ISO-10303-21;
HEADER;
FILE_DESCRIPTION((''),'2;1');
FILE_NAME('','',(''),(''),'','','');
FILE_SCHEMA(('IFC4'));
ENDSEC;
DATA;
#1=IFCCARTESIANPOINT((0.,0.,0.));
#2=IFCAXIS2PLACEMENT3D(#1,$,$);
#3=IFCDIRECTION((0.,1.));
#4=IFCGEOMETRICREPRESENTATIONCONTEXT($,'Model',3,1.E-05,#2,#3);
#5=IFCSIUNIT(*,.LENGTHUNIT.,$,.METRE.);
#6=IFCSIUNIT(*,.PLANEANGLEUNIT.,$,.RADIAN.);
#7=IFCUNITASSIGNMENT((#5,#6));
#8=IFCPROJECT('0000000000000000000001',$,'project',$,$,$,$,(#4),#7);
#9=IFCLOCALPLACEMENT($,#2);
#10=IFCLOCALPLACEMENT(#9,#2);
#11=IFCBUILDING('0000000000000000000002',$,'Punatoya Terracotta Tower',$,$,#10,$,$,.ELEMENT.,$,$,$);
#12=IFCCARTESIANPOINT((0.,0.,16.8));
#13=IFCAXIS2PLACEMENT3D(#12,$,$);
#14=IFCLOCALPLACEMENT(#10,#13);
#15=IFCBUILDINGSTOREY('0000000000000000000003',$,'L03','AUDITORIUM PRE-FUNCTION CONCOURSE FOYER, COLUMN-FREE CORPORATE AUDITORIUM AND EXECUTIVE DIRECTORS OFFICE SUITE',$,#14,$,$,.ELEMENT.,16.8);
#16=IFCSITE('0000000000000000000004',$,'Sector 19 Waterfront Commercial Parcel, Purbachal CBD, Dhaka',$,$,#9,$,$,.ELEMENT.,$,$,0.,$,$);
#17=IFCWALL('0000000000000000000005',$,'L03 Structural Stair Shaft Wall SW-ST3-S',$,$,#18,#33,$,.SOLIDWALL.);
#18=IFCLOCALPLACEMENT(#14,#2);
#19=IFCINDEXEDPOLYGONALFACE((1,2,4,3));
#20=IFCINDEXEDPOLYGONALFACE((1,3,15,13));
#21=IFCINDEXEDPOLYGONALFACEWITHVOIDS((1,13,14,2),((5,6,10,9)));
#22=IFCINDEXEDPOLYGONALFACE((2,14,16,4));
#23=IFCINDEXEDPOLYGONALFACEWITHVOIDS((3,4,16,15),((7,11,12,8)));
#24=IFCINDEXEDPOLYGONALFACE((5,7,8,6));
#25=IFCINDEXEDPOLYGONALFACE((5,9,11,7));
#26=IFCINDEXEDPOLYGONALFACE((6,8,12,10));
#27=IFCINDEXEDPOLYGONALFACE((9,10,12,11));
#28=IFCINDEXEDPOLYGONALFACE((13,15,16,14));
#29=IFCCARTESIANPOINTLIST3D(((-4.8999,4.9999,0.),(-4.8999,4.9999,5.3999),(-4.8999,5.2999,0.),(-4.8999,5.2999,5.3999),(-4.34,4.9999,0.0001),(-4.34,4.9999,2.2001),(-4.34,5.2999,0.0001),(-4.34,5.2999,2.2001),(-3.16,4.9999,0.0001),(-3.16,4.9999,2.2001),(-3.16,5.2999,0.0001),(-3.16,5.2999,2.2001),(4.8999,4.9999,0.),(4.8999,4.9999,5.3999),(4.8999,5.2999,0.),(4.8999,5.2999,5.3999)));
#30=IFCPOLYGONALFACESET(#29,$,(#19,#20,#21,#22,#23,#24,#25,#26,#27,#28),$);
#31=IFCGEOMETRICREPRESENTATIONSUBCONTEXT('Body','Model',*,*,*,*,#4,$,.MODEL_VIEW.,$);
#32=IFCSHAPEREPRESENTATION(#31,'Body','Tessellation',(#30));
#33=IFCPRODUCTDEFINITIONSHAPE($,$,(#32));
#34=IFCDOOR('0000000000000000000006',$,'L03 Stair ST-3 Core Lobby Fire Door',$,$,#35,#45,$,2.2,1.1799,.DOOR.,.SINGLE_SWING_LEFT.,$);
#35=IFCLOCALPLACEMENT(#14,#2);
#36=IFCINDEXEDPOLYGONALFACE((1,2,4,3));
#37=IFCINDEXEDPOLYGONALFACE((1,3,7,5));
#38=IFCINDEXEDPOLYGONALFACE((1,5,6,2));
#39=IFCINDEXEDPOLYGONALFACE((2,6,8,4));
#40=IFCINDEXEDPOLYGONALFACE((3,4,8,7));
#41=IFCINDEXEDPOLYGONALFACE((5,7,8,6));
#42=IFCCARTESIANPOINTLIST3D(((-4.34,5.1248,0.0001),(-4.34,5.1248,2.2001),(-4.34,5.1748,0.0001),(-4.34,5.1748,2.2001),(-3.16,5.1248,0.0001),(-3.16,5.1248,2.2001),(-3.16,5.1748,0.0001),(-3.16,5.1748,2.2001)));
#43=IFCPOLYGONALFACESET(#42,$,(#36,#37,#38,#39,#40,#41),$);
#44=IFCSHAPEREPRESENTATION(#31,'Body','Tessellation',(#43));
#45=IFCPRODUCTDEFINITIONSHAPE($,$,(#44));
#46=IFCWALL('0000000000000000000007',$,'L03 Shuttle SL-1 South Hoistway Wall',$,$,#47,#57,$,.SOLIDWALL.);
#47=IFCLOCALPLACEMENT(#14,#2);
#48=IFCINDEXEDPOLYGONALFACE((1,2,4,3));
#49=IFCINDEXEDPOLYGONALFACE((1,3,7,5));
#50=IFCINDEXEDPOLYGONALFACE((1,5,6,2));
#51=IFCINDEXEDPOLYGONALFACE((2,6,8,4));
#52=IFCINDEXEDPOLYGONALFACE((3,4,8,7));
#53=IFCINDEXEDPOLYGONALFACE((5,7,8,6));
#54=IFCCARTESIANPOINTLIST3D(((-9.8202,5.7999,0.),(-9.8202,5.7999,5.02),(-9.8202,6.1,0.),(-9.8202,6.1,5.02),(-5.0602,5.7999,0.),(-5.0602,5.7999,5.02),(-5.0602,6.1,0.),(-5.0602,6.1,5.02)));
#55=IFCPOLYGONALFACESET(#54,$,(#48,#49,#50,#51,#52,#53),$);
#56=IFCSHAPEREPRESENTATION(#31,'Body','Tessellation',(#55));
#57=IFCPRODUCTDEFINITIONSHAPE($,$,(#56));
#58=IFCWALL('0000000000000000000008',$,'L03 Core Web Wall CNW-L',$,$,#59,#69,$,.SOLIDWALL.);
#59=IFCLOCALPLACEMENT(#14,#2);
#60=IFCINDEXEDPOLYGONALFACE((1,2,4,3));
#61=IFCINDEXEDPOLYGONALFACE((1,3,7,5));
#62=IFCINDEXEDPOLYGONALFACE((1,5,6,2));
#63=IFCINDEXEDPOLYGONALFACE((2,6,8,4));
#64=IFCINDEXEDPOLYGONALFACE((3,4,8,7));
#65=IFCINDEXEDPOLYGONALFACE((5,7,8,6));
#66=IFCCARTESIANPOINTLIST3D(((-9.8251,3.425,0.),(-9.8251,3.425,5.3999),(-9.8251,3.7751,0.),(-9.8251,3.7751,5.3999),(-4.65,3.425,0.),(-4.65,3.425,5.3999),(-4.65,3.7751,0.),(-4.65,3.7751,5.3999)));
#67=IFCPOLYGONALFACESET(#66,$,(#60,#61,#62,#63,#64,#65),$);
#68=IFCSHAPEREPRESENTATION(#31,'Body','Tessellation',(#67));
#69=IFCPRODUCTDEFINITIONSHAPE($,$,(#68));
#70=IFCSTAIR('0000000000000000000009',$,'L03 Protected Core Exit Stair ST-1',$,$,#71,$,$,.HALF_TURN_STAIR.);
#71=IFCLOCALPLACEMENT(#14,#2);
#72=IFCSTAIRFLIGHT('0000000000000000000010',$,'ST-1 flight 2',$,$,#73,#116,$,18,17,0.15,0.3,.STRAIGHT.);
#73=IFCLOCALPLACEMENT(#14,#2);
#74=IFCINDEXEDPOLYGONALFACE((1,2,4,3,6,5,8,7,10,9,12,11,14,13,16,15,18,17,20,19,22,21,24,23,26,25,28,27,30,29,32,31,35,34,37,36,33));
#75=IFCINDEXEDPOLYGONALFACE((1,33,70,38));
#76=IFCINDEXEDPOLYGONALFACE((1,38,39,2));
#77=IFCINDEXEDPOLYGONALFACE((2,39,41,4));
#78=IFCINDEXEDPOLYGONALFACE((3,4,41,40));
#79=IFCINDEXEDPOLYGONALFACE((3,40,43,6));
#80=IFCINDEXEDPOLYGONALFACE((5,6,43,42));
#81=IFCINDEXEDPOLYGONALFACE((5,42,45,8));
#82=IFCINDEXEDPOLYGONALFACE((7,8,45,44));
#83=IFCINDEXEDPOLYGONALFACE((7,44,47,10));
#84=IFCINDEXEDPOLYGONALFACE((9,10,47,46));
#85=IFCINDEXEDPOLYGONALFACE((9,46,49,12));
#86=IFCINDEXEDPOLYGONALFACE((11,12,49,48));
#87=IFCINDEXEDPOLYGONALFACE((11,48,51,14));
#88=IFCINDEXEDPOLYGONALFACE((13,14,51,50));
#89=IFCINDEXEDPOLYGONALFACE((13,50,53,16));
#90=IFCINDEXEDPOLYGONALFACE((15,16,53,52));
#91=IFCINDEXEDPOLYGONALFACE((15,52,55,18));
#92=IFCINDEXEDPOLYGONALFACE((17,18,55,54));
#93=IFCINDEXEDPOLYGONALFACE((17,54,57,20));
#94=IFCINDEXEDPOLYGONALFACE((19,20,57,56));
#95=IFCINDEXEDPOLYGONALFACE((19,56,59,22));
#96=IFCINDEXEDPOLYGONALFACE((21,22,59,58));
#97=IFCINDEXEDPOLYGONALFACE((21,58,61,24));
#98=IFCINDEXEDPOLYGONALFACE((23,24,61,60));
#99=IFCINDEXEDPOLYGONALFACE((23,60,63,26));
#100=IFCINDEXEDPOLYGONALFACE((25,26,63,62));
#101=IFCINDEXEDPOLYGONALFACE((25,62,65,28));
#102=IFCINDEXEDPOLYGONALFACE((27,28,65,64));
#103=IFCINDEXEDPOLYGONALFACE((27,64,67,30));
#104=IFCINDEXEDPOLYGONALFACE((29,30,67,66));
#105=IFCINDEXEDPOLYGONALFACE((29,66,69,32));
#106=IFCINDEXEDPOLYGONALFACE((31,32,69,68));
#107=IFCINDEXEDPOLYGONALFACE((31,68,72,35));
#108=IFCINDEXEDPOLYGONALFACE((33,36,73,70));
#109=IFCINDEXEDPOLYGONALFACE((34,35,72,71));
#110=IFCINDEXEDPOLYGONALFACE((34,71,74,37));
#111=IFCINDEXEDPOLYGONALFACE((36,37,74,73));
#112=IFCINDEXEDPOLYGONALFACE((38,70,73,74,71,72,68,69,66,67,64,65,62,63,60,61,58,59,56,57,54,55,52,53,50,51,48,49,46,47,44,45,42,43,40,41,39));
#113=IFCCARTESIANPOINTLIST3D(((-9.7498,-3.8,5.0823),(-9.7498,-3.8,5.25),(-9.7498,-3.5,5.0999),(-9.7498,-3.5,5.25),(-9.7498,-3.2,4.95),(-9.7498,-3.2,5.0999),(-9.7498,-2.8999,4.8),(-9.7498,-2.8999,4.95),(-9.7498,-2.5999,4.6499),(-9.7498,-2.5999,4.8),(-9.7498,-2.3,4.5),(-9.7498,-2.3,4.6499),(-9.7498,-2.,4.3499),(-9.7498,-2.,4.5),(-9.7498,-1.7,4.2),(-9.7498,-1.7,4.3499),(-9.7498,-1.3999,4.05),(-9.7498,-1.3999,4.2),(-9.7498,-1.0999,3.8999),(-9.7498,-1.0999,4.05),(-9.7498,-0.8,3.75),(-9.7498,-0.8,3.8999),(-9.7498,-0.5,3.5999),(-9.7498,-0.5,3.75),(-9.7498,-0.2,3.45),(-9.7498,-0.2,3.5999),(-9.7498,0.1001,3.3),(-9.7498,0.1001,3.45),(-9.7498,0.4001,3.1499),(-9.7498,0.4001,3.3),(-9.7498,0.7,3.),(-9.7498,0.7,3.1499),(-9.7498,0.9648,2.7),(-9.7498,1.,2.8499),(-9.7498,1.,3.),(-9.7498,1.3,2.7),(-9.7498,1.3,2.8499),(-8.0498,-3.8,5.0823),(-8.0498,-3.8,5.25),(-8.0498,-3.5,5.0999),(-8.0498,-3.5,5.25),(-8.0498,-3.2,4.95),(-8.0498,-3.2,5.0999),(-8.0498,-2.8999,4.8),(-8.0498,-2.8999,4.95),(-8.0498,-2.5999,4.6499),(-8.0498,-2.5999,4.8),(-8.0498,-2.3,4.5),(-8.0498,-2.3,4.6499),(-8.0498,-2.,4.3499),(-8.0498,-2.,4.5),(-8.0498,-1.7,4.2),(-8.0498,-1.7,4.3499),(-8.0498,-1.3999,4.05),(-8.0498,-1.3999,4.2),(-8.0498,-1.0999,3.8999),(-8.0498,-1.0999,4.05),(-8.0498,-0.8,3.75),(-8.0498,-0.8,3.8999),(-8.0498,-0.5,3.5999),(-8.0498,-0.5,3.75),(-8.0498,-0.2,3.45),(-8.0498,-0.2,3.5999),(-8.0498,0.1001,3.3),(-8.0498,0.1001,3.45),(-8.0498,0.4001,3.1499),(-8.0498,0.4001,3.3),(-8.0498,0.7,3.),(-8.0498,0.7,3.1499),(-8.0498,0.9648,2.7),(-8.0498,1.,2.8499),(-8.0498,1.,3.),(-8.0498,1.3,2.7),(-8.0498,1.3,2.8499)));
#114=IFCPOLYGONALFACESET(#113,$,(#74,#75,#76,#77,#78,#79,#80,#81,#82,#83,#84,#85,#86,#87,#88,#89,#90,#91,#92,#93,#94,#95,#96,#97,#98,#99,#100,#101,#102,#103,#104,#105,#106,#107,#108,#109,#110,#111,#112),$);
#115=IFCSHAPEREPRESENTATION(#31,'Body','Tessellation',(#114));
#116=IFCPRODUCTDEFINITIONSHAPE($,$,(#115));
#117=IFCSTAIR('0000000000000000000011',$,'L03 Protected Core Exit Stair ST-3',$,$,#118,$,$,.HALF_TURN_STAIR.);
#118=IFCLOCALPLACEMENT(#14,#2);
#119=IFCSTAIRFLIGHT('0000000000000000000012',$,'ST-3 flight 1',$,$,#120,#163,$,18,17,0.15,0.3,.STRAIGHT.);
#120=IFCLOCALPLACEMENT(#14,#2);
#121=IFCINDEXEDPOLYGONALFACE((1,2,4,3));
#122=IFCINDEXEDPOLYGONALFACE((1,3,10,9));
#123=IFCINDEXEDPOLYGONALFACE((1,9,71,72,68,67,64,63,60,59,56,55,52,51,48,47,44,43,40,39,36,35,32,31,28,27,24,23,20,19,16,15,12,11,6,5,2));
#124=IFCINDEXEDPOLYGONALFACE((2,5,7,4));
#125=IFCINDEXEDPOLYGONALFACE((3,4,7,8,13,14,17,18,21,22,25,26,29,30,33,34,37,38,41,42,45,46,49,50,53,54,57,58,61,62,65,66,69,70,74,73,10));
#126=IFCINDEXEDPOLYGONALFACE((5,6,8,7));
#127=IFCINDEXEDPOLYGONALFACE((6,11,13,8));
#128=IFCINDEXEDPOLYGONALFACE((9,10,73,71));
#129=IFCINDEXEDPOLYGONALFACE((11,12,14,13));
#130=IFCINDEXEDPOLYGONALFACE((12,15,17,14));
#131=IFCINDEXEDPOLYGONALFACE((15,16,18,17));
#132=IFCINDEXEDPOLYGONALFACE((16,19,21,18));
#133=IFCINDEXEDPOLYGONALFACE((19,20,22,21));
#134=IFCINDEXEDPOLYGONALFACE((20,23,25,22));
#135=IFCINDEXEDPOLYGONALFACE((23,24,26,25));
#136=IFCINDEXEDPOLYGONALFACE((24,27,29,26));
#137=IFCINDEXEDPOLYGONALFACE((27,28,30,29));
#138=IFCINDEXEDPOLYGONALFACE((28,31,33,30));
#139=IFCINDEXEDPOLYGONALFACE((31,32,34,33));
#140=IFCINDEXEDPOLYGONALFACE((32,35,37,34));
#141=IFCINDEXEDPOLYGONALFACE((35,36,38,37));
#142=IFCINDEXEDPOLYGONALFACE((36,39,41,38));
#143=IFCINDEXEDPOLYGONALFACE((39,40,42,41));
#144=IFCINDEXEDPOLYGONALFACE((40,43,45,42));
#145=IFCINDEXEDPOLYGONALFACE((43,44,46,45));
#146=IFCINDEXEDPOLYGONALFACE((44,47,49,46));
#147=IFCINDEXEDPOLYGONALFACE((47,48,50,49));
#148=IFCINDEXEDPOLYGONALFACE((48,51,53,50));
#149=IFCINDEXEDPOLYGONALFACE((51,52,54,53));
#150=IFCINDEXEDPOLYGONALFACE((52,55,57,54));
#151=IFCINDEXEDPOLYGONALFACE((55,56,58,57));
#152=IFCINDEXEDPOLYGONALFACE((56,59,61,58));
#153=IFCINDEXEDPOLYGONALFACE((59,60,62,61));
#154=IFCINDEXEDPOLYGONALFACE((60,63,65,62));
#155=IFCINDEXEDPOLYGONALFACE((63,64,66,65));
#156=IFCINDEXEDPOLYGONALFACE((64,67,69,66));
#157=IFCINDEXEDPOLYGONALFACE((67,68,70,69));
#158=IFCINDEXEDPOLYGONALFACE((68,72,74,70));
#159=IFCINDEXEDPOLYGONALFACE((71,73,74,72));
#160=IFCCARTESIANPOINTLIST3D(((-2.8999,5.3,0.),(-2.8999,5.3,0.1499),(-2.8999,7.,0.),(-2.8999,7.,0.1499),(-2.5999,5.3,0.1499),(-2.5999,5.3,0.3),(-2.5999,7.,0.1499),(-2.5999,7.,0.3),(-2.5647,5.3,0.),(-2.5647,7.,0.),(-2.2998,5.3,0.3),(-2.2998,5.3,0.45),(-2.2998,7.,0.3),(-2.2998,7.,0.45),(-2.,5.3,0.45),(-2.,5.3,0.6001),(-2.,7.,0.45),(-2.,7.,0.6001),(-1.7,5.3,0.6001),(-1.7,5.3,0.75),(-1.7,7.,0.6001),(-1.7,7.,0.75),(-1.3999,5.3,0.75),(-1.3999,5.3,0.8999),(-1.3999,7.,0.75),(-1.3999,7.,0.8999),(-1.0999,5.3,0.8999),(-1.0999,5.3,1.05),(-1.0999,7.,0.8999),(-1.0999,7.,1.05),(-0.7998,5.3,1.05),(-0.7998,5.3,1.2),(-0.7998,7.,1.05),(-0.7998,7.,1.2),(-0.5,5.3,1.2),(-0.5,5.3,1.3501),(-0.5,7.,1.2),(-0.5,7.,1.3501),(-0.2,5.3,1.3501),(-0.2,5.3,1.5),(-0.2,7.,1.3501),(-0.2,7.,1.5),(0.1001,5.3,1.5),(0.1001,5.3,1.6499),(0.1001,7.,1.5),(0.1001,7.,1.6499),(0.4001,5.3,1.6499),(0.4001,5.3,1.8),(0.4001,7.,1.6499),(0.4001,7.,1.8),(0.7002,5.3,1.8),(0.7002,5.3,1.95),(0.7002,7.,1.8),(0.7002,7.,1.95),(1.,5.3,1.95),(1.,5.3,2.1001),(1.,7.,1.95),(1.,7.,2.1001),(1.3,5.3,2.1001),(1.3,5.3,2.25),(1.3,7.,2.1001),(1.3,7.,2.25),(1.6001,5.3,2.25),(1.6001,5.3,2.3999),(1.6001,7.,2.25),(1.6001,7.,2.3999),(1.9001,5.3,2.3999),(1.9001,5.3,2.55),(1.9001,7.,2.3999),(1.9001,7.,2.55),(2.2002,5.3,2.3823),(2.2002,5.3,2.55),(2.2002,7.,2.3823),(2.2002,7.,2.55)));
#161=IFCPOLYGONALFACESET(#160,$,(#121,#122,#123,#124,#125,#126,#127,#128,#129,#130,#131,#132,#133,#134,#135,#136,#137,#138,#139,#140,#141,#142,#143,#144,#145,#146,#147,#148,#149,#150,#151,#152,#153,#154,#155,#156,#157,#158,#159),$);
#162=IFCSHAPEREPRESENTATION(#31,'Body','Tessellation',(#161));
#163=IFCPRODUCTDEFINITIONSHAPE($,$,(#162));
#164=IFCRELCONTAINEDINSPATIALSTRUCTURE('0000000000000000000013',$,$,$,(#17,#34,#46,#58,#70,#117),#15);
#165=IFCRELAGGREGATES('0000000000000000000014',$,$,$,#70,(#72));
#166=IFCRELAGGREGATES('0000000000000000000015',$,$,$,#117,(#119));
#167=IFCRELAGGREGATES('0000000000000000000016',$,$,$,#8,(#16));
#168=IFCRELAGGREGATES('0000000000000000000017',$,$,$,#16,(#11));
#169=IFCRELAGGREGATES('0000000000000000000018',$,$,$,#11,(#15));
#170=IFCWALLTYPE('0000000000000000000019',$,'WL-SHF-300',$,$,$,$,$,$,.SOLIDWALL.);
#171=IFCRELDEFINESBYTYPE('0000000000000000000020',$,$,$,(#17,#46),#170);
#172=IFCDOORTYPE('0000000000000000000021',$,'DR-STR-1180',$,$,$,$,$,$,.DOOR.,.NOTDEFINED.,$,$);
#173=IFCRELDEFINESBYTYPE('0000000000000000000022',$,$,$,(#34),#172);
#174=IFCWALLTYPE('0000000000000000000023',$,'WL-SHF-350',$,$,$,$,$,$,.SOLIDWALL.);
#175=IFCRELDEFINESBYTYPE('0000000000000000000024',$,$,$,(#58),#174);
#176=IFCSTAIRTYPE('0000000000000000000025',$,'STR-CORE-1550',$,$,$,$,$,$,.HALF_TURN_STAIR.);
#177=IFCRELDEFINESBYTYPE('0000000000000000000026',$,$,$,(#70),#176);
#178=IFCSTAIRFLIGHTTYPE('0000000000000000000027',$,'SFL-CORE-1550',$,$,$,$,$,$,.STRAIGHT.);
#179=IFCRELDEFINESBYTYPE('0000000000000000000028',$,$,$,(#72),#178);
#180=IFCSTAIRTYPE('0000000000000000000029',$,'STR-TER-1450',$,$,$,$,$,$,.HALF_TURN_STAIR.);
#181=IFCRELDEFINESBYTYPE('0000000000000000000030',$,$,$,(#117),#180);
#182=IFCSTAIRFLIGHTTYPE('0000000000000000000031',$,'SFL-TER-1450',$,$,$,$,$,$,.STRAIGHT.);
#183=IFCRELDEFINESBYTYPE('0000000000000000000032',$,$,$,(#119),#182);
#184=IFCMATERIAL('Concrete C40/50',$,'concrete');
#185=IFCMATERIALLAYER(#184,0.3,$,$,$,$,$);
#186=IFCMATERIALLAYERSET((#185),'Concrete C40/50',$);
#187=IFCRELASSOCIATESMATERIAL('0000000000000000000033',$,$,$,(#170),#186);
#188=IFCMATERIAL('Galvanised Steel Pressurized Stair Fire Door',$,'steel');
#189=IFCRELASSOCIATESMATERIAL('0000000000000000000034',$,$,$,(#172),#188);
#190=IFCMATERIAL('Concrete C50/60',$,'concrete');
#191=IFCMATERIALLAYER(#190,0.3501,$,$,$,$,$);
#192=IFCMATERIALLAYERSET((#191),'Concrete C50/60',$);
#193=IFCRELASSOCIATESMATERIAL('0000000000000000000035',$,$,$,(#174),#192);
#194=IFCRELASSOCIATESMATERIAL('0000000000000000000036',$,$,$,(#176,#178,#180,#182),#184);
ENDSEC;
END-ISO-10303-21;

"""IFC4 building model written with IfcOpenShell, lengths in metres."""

from ifc_helpers import new_model, si_unit, direction, frame, frame_2d, origin, place, context, subcontext, project, spatial, polyline, rectangle, outline, extrude, material, layer, layer_set, type_object, element, fill, aggregate, save


model = new_model("IFC4")

# Units and contexts
model_context = context("Model", 3, precision=1e-05, world=origin(), true_north=direction((0.0, 1.0)))
body_context = subcontext(model_context, "Body", "Model", "MODEL_VIEW")
ifc_project = project(units=[si_unit("LENGTHUNIT", "METRE"), si_unit("PLANEANGLEUNIT", "RADIAN")], contexts=[model_context])

# Site, building, storey
site_placement = place(None, origin())
site = spatial("IfcSite", under=ifc_project, at=site_placement, Name="Sector 19 Waterfront Commercial Parcel, Purbachal CBD, Dhaka", CompositionType="ELEMENT", RefElevation=0.0)
building_placement = place(site_placement, origin())
building = spatial("IfcBuilding", under=site, at=building_placement, Name="Punatoya Terracotta Tower", CompositionType="ELEMENT")
storey_placement = place(building_placement, frame((0.0, 0.0, 16.8)))
storey = spatial("IfcBuildingStorey", under=building, at=storey_placement, Name="L03", Description="AUDITORIUM PRE-FUNCTION CONCOURSE FOYER, COLUMN-FREE CORPORATE AUDITORIUM AND EXECUTIVE DIRECTORS OFFICE SUITE", CompositionType="ELEMENT", Elevation=16.8)

# Shared definitions
ifc_material_1 = material(Name="Concrete C50/60", Category="concrete")

# Shared definitions
ifc_material_2 = material(Name="Concrete C40/50", Category="concrete")
ifc_layer_1 = layer(ifc_material_2, 0.3)
ifc_layer_set_1 = layer_set([ifc_layer_1], Name="Concrete C40/50")
wall_type_1 = type_object("IfcWallType", Name="WL-SHF-300", PredefinedType="SOLIDWALL", material=ifc_layer_set_1)

# Wall, opening, door
wall_1_placement = place(storey_placement, frame((-4.8999, 5.1499, 0.0), z_axis=(0.0, 0.0, 1.0), x_axis=(1.0, 0.0, 0.0)))
wall_1 = element("IfcWall", 1, at=wall_1_placement, inside=storey, type_object=wall_type_1, Name="L03 Structural Stair Shaft Wall SW-ST3-S", PredefinedType="SOLIDWALL", context=body_context, shape_type="SweptSolid", body=[
    extrude(rectangle(XDim=9.7998, YDim=0.3, at=frame_2d((4.8999, 0.0))), origin(), (0.0, 0.0, 1.0), 5.3999),
])
opening_placement = place(wall_1_placement, frame((0.5601, 0.0, 0.0)))
opening = element("IfcOpeningElement", 2, at=opening_placement, cuts=wall_1, PredefinedType="OPENING", context=body_context, shape_type="SweptSolid", body=[
    extrude(rectangle(XDim=1.1799, YDim=2.2, at=frame_2d((0.5898, 1.1001))), frame((0.0, 0.1599, 0.0), z_axis=(0.0, -1.0, 0.0), x_axis=(1.0, 0.0, 0.0)), (0.0, 0.0, 1.0), 0.3201),
])
ifc_material_3 = material(Name="Galvanised Steel Pressurized Stair Fire Door", Category="steel")
door_type = type_object("IfcDoorType", Name="DR-STR-1180", OperationType="NOTDEFINED", PredefinedType="DOOR", material=ifc_material_3)
door_placement = place(opening_placement, origin())
door = element("IfcDoor", 3, at=door_placement, inside=storey, type_object=door_type, Name="L03 Stair ST-3 Core Lobby Fire Door", OperationType="SINGLE_SWING_LEFT", OverallHeight=2.2, OverallWidth=1.1799, PredefinedType="DOOR", context=body_context, shape_type="SweptSolid", body=[
    extrude(rectangle(XDim=1.1799, YDim=2.2, at=frame_2d((0.5898, 1.1001))), frame((0.0, 0.0249, 0.0), z_axis=(0.0, -1.0, 0.0), x_axis=(1.0, 0.0, 0.0)), (0.0, 0.0, 1.0), 0.05),
])
fill(opening, door)

# Walls
wall_2_placement = place(storey_placement, frame((-9.8201, 5.95, 0.0), z_axis=(0.0, 0.0, 1.0), x_axis=(1.0, 0.0, 0.0)))
element("IfcWall", 4, at=wall_2_placement, inside=storey, type_object=wall_type_1, Name="L03 Shuttle SL-1 South Hoistway Wall", PredefinedType="SOLIDWALL", context=body_context, shape_type="SweptSolid", body=[
    extrude(rectangle(XDim=4.76, YDim=0.3, at=frame_2d((2.3799, 0.0))), origin(), (0.0, 0.0, 1.0), 5.02),
])
ifc_layer_2 = layer(ifc_material_1, 0.3501)
ifc_layer_set_2 = layer_set([ifc_layer_2], Name="Concrete C50/60")
wall_type_2 = type_object("IfcWallType", Name="WL-SHF-350", PredefinedType="SOLIDWALL", material=ifc_layer_set_2)
wall_3_placement = place(storey_placement, frame((-9.825, 3.6001, 0.0), z_axis=(0.0, 0.0, 1.0), x_axis=(1.0, 0.0, 0.0)))
element("IfcWall", 5, at=wall_3_placement, inside=storey, type_object=wall_type_2, Name="L03 Core Web Wall CNW-L", PredefinedType="SOLIDWALL", context=body_context, shape_type="SweptSolid", body=[
    extrude(rectangle(XDim=5.175, YDim=0.3501, at=frame_2d((2.5874, 0.0))), origin(), (0.0, 0.0, 1.0), 5.3999),
])

# Stair, stair flight
stair_type_1 = type_object("IfcStairType", Name="STR-CORE-1550", PredefinedType="HALF_TURN_STAIR", material=ifc_material_2)
stair_1_placement = place(storey_placement, origin())
stair_1 = element("IfcStair", 6, at=stair_1_placement, inside=storey, type_object=stair_type_1, Name="L03 Protected Core Exit Stair ST-1", PredefinedType="HALF_TURN_STAIR")
stair_flight_type_1 = type_object("IfcStairFlightType", Name="SFL-CORE-1550", PredefinedType="STRAIGHT", material=ifc_material_2)
stair_flight_1_placement = place(storey_placement, frame((-8.8999, 1.3, 2.7), z_axis=(0.0, 0.0, 1.0), x_axis=(0.0, -1.0, 0.0)))
stair_flight_1 = element("IfcStairFlight", 7, at=stair_flight_1_placement, type_object=stair_flight_type_1, Name="ST-1 flight 2", NumberOfRisers=18, NumberOfTreads=17, PredefinedType="STRAIGHT", RiserHeight=0.15, TreadLength=0.3, context=body_context, shape_type="SweptSolid", body=[
    extrude(outline(polyline([(0.0, 0.0), (0.0, 0.1499), (0.3, 0.1499), (0.3, 0.3), (0.6001, 0.3), (0.6001, 0.45), (0.8999, 0.45), (0.8999, 0.6001), (1.2, 0.6001), (1.2, 0.75), (1.5, 0.75), (1.5, 0.8999), (1.8, 0.8999), (1.8, 1.05), (2.1001, 1.05), (2.1001, 1.2), (2.3999, 1.2), (2.3999, 1.3501), (2.7, 1.3501), (2.7, 1.5), (3.0, 1.5), (3.0, 1.6499), (3.3, 1.6499), (3.3, 1.8), (3.6001, 1.8), (3.6001, 1.95), (3.8999, 1.95), (3.8999, 2.1001), (4.2, 2.1001), (4.2, 2.25), (4.5, 2.25), (4.5, 2.3999), (4.8, 2.3999), (4.8, 2.55), (5.1001, 2.55), (5.1001, 2.7), (5.1001, 2.3823), (0.3352, 0.0), (0.0, 0.0)])), frame((0.0, 0.8501, 0.0), z_axis=(0.0, -1.0, 0.0), x_axis=(1.0, 0.0, 0.0)), (0.0, 0.0, 1.0), 1.7),
])
aggregate(stair_1, [stair_flight_1])

# Stair, stair flight
stair_type_2 = type_object("IfcStairType", Name="STR-TER-1450", PredefinedType="HALF_TURN_STAIR", material=ifc_material_2)
stair_2_placement = place(storey_placement, origin())
stair_2 = element("IfcStair", 8, at=stair_2_placement, inside=storey, type_object=stair_type_2, Name="L03 Protected Core Exit Stair ST-3", PredefinedType="HALF_TURN_STAIR")
stair_flight_type_2 = type_object("IfcStairFlightType", Name="SFL-TER-1450", PredefinedType="STRAIGHT", material=ifc_material_2)
stair_flight_2_placement = place(storey_placement, frame((-2.8999, 6.1499, 0.0), z_axis=(0.0, 0.0, 1.0), x_axis=(1.0, 0.0, 0.0)))
stair_flight_2 = element("IfcStairFlight", 9, at=stair_flight_2_placement, type_object=stair_flight_type_2, Name="ST-3 flight 1", NumberOfRisers=18, NumberOfTreads=17, PredefinedType="STRAIGHT", RiserHeight=0.15, TreadLength=0.3, context=body_context, shape_type="SweptSolid", body=[
    extrude(outline(polyline([(0.0, 0.0), (0.0, 0.1499), (0.3, 0.1499), (0.3, 0.3), (0.6001, 0.3), (0.6001, 0.45), (0.8999, 0.45), (0.8999, 0.6001), (1.2, 0.6001), (1.2, 0.75), (1.5, 0.75), (1.5, 0.8999), (1.8, 0.8999), (1.8, 1.05), (2.1001, 1.05), (2.1001, 1.2), (2.3999, 1.2), (2.3999, 1.3501), (2.7, 1.3501), (2.7, 1.5), (3.0, 1.5), (3.0, 1.6499), (3.3, 1.6499), (3.3, 1.8), (3.6001, 1.8), (3.6001, 1.95), (3.8999, 1.95), (3.8999, 2.1001), (4.2, 2.1001), (4.2, 2.25), (4.5, 2.25), (4.5, 2.3999), (4.8, 2.3999), (4.8, 2.55), (5.1001, 2.55), (5.1001, 2.7), (5.1001, 2.3823), (0.3352, 0.0), (0.0, 0.0)])), frame((0.0, 0.8501, 0.0), z_axis=(0.0, -1.0, 0.0), x_axis=(1.0, 0.0, 0.0)), (0.0, 0.0, 1.0), 1.7),
])
aggregate(stair_2, [stair_flight_2])

save(model, "model.ifc")
